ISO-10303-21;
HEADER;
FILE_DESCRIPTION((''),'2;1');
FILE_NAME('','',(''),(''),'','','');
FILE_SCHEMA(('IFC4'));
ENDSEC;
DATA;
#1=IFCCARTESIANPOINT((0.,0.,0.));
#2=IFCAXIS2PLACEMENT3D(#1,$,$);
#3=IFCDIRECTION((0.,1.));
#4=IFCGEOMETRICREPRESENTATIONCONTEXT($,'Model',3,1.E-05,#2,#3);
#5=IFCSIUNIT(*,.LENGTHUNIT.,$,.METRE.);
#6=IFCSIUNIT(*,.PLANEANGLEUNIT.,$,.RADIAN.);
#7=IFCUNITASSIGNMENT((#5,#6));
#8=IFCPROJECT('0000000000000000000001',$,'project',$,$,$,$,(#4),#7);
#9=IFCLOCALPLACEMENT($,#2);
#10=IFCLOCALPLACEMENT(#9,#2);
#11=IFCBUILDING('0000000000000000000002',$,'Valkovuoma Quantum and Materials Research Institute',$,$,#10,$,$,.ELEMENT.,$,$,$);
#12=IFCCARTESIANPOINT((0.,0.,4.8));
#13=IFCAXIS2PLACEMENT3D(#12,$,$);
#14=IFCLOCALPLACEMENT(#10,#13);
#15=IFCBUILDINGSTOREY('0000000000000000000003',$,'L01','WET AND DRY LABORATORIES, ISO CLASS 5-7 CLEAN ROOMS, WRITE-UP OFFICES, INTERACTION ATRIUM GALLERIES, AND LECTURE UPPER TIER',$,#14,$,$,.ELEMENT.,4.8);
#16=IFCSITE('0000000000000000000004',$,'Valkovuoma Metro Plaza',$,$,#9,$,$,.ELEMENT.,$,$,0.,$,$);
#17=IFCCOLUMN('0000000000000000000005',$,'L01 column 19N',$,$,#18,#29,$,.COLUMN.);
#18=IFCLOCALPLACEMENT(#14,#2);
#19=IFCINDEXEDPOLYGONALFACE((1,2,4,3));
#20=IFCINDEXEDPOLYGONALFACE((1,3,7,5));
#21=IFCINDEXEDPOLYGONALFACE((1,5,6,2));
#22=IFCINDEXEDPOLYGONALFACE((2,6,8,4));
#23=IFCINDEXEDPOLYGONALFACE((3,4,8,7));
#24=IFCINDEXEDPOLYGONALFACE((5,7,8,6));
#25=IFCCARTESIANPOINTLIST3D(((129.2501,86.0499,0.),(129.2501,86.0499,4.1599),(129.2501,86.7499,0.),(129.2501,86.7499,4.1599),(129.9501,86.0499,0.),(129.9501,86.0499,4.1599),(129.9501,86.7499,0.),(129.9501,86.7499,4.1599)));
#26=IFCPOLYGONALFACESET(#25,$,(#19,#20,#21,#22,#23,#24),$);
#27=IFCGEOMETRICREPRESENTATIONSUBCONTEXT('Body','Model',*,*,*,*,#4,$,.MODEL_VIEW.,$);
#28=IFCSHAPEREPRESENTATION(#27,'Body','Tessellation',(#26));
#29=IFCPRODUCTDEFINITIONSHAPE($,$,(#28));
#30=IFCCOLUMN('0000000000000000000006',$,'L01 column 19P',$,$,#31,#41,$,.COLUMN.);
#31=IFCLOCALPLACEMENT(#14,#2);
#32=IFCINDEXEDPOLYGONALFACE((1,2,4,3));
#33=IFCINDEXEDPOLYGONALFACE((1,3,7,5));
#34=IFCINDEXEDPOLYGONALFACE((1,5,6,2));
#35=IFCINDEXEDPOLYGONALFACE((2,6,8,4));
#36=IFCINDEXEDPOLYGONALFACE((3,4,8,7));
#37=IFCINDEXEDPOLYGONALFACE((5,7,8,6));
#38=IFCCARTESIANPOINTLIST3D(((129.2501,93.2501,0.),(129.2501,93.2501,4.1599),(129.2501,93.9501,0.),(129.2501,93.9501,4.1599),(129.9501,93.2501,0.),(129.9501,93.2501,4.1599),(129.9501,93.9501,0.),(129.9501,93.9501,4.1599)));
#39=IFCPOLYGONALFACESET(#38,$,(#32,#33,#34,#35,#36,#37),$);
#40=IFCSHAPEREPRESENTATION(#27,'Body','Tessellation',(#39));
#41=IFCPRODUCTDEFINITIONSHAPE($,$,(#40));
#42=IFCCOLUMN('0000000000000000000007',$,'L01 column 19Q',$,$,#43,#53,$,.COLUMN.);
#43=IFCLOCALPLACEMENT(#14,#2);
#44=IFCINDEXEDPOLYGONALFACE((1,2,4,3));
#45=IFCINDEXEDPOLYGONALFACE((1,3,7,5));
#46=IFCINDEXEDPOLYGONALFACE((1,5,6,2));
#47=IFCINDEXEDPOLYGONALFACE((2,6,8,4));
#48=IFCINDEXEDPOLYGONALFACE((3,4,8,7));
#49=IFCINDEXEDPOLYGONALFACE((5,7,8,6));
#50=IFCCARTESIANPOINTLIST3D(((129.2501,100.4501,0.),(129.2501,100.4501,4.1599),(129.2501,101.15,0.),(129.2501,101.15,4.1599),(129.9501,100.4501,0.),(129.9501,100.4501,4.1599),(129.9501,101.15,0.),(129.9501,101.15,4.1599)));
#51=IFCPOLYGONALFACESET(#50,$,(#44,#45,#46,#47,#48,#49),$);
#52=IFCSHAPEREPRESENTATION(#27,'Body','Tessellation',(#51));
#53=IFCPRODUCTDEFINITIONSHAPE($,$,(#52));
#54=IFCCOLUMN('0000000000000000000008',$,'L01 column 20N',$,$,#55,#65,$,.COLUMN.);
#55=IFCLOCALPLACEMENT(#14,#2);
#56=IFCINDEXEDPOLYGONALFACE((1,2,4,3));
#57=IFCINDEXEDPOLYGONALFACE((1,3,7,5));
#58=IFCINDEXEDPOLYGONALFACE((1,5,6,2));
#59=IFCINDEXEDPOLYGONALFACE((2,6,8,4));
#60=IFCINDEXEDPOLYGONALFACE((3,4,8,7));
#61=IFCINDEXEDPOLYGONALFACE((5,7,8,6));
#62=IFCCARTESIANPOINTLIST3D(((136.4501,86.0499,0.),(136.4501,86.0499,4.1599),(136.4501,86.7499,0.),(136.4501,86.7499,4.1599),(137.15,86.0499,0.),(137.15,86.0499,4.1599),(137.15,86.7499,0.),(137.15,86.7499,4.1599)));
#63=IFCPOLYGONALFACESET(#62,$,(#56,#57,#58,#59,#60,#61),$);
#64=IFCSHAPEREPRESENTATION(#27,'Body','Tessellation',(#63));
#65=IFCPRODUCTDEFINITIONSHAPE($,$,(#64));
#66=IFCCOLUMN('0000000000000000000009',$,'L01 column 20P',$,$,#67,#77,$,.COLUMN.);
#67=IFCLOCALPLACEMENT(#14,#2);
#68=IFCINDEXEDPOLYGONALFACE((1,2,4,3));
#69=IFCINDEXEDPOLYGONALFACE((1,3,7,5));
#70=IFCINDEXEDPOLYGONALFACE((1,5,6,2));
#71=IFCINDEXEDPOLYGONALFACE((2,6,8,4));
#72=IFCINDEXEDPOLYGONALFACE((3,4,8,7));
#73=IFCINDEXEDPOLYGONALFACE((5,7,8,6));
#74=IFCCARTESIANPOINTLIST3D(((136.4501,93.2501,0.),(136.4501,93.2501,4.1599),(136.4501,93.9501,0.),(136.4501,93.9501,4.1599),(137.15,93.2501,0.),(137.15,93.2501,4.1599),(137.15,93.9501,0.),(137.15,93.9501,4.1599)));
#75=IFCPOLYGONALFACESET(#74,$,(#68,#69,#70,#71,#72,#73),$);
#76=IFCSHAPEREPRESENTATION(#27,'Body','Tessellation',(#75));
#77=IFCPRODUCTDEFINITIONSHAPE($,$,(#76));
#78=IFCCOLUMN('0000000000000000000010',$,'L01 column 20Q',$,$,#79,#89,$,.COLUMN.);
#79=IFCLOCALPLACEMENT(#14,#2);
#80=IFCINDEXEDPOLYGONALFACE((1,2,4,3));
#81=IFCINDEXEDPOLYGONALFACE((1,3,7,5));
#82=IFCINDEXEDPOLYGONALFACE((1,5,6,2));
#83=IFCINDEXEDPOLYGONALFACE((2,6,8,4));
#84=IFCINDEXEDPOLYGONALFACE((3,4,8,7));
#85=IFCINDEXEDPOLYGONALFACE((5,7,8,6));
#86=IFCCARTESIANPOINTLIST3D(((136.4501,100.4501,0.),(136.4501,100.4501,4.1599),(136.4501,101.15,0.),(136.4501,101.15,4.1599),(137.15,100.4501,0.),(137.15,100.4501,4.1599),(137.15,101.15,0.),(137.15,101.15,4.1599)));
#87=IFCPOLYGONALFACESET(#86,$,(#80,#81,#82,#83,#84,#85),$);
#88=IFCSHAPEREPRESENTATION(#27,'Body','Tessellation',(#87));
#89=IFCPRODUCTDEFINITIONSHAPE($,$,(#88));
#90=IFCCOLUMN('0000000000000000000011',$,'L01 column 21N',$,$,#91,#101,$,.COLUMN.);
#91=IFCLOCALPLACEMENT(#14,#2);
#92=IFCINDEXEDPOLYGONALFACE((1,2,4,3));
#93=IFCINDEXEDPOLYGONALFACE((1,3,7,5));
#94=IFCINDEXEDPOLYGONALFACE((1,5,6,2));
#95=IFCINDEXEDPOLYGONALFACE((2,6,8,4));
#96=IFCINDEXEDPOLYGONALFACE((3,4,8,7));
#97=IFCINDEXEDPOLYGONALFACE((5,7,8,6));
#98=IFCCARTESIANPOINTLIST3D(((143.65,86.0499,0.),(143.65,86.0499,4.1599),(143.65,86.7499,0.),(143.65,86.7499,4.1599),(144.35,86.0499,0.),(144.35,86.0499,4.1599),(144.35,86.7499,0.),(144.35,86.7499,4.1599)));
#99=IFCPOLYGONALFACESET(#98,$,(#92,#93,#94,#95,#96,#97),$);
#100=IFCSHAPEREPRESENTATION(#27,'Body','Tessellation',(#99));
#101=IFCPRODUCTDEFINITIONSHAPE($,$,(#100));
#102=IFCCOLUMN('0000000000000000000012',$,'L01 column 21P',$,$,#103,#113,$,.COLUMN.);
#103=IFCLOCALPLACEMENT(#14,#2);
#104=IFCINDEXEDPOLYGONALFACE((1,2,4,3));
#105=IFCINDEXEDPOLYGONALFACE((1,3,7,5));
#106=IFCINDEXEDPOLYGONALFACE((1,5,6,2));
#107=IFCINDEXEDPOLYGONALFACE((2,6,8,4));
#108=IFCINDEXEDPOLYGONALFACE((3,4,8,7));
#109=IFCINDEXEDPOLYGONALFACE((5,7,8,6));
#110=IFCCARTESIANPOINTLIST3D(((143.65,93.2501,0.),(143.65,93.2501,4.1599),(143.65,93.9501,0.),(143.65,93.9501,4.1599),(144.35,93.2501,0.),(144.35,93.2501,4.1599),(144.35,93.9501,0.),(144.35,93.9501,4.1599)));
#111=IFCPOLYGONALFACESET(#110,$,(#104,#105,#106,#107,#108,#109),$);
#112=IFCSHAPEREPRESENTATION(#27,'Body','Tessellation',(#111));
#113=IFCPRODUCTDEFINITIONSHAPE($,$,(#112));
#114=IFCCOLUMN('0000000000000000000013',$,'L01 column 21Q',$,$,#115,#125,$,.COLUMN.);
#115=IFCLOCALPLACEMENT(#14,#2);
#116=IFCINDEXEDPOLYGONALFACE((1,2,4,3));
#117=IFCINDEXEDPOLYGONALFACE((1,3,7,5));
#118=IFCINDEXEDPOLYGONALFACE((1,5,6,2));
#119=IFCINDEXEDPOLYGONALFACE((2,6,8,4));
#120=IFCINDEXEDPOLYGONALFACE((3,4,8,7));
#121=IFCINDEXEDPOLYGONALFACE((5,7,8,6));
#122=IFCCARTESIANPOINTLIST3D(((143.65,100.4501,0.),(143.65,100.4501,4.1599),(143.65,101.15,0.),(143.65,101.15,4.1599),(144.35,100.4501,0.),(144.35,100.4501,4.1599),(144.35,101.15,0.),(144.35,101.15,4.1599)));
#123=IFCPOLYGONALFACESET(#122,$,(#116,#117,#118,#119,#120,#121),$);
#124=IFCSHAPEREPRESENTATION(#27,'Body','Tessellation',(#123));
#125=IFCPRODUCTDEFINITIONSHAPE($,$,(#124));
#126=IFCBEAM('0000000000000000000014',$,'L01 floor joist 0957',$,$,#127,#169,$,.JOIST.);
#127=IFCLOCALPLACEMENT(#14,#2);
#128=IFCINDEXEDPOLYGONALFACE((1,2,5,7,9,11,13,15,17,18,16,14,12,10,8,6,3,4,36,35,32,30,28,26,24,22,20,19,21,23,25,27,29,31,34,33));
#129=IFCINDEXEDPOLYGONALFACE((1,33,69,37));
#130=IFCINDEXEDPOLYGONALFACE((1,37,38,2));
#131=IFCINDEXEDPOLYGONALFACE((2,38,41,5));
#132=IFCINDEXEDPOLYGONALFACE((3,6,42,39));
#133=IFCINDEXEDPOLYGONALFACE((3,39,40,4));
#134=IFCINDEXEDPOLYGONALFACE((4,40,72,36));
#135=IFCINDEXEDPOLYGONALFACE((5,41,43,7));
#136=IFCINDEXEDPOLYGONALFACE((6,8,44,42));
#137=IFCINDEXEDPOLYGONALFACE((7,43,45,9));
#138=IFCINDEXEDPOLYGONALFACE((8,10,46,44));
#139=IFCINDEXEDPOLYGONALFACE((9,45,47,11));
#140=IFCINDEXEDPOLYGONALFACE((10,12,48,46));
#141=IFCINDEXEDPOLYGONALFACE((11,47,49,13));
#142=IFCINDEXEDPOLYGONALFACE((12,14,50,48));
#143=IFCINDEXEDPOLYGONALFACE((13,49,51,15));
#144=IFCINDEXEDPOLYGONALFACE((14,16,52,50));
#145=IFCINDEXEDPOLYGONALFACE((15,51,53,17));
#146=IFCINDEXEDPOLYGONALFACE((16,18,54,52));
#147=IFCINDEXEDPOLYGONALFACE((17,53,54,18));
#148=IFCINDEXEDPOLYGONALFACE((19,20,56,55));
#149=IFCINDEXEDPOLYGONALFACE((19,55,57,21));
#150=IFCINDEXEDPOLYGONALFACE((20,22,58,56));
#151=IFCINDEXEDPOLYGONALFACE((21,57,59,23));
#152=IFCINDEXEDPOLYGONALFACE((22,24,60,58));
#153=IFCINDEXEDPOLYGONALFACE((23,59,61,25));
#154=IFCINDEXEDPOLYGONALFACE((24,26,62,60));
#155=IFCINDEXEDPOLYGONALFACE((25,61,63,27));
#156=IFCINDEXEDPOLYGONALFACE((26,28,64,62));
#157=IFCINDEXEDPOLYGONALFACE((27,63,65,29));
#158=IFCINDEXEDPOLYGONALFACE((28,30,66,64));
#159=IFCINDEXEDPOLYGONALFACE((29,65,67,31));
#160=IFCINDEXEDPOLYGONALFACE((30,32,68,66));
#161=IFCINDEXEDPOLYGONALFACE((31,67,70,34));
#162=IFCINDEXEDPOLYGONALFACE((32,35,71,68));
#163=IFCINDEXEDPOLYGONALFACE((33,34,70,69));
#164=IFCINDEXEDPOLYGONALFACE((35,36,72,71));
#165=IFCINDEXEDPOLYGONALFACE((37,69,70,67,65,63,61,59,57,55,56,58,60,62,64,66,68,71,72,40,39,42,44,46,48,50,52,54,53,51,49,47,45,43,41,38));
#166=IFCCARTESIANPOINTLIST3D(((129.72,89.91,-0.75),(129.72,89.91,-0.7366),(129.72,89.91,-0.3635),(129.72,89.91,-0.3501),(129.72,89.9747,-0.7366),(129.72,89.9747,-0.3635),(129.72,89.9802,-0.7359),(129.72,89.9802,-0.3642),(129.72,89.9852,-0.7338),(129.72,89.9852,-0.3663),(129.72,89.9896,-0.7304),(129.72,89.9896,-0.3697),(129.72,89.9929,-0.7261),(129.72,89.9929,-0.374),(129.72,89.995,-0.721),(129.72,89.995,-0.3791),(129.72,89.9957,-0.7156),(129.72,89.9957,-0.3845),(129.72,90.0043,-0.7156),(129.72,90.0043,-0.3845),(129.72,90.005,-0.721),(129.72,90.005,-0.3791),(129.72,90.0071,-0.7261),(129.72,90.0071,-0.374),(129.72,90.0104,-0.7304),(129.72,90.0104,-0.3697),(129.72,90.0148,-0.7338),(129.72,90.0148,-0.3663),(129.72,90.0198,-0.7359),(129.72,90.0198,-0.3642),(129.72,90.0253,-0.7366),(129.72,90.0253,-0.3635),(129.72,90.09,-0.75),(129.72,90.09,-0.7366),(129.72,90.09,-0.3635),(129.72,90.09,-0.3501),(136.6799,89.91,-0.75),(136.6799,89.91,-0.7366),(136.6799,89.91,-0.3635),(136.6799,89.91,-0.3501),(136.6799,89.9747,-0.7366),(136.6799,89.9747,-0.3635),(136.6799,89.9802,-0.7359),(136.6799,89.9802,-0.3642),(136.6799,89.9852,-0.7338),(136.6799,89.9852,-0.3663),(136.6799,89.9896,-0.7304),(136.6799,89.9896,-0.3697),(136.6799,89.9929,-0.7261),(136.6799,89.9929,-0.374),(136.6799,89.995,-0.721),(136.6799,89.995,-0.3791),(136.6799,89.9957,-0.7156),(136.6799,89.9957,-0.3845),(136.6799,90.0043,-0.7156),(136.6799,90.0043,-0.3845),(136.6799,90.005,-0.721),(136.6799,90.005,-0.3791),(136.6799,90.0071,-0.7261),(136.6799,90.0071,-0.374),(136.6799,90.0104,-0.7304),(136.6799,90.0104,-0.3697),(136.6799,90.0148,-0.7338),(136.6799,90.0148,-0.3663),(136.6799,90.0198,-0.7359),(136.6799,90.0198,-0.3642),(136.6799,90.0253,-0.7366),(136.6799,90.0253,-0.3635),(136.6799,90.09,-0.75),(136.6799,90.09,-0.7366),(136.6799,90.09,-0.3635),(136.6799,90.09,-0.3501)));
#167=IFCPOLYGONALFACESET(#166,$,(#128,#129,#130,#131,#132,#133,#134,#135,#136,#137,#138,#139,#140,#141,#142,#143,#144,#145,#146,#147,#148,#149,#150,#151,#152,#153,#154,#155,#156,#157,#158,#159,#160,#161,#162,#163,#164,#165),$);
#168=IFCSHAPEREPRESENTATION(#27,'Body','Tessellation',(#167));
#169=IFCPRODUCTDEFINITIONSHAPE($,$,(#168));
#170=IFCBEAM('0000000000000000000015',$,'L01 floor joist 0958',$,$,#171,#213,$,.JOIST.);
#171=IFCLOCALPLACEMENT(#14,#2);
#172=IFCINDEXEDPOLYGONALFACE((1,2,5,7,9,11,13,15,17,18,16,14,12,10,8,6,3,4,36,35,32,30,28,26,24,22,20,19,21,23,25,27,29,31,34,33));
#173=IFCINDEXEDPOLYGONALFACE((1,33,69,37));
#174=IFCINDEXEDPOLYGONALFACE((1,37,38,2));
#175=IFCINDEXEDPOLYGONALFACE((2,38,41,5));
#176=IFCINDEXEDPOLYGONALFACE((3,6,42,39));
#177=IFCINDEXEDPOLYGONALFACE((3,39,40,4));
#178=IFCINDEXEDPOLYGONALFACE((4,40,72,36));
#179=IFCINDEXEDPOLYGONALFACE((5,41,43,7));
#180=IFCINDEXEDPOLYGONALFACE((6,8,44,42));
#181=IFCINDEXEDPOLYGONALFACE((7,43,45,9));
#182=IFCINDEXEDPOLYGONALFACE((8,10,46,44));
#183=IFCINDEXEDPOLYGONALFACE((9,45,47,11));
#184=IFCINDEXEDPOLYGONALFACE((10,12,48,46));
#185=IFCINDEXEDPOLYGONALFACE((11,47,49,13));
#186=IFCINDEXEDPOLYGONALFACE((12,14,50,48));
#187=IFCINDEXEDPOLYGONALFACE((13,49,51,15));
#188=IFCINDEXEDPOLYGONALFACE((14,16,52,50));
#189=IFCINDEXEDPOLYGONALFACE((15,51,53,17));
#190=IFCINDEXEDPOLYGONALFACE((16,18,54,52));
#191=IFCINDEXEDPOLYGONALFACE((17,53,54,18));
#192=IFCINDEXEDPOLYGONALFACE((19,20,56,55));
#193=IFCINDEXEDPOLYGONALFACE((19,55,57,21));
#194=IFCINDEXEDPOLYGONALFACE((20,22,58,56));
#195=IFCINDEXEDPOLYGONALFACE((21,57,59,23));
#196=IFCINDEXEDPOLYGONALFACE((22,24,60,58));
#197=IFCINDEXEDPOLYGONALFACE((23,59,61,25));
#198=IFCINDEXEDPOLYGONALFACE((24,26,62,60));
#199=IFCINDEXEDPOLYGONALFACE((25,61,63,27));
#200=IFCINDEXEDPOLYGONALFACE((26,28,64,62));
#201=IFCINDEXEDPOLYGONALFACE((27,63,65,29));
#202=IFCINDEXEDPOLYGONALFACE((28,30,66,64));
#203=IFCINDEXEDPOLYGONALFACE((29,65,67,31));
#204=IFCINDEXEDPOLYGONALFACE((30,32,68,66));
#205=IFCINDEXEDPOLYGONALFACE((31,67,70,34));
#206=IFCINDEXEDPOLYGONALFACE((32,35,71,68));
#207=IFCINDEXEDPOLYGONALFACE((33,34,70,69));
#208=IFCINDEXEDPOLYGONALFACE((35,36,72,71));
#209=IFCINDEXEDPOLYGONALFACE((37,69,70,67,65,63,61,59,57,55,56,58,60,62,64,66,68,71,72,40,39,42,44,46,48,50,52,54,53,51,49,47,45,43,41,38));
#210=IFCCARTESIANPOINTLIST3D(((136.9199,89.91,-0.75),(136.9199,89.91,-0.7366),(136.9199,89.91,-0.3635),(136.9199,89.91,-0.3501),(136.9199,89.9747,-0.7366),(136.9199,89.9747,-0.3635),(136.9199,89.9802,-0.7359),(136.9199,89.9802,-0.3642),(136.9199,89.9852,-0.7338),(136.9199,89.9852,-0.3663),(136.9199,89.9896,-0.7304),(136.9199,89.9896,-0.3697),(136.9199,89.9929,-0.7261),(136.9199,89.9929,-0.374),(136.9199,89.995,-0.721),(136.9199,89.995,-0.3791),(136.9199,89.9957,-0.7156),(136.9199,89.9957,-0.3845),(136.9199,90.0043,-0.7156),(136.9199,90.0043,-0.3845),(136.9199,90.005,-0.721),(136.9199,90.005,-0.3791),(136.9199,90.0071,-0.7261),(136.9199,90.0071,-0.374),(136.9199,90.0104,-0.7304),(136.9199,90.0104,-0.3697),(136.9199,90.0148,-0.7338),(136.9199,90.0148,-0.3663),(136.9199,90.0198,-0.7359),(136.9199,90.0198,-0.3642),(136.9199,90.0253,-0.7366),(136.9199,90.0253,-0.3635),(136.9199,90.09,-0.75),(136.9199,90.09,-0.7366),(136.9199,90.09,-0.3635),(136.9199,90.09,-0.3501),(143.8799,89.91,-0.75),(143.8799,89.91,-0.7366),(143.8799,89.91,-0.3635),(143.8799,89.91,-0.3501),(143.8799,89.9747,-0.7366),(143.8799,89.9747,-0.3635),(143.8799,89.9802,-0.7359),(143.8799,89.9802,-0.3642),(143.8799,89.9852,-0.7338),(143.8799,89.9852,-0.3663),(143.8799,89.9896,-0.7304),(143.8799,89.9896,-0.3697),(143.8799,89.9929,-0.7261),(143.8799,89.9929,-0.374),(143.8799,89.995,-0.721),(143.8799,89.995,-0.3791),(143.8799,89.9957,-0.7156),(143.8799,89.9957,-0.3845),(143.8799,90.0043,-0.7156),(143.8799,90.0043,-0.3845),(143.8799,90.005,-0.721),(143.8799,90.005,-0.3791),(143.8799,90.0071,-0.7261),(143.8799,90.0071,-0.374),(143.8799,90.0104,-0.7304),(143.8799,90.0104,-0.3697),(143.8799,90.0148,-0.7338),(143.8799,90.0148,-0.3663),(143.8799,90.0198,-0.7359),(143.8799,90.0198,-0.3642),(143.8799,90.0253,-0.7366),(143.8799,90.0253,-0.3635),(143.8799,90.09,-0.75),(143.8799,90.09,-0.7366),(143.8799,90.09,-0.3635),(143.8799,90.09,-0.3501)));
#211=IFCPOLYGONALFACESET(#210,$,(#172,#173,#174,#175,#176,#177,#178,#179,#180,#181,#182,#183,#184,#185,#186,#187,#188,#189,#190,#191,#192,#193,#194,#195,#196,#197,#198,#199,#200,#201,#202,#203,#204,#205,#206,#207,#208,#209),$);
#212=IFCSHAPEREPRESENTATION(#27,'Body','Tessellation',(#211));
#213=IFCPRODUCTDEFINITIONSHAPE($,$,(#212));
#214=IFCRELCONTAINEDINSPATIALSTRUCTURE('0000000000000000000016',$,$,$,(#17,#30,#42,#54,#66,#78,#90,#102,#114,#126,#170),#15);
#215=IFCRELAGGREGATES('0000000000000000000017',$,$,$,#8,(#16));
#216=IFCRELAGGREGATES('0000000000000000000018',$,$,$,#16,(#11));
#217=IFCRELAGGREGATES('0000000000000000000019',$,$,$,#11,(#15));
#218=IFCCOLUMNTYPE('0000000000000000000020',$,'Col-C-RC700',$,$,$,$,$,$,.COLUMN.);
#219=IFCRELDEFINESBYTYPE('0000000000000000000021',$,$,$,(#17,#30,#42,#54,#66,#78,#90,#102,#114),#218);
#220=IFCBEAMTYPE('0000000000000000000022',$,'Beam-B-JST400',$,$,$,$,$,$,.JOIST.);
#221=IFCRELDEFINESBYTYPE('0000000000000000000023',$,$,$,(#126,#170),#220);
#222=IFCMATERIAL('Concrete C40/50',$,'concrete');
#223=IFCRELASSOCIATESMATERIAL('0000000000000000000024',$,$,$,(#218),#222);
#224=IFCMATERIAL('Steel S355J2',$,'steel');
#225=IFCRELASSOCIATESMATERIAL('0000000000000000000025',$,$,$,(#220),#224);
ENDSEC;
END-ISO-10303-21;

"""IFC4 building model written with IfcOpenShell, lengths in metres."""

from ifc_helpers import new_model, si_unit, direction, frame, origin, origin_2d, place, context, subcontext, project, spatial, rectangle, i_section, extrude, material, material_profile, profile_set, type_object, element, save


model = new_model("IFC4")

# Units and contexts
model_context = context("Model", 3, precision=1e-05, world=origin(), true_north=direction((0.0, 1.0)))
body_context = subcontext(model_context, "Body", "Model", "MODEL_VIEW")
ifc_project = project(units=[si_unit("LENGTHUNIT", "METRE"), si_unit("PLANEANGLEUNIT", "RADIAN")], contexts=[model_context])

# Site, building, storey
site_placement = place(None, origin())
site = spatial("IfcSite", under=ifc_project, at=site_placement, Name="Valkovuoma Metro Plaza", CompositionType="ELEMENT", RefElevation=0.0)
building_placement = place(site_placement, origin())
building = spatial("IfcBuilding", under=site, at=building_placement, Name="Valkovuoma Quantum and Materials Research Institute", CompositionType="ELEMENT")
storey_placement = place(building_placement, frame((0.0, 0.0, 4.8)))
storey = spatial("IfcBuildingStorey", under=building, at=storey_placement, Name="L01", Description="WET AND DRY LABORATORIES, ISO CLASS 5-7 CLEAN ROOMS, WRITE-UP OFFICES, INTERACTION ATRIUM GALLERIES, AND LECTURE UPPER TIER", CompositionType="ELEMENT", Elevation=4.8)

# Columns
ifc_material_1 = material(Name="Concrete C40/50", Category="concrete")
ifc_material_profile_1 = material_profile(ifc_material_1, rectangle(XDim=0.7, YDim=0.7, at=origin_2d()), Name="Concrete C40/50")
ifc_profile_set_1 = profile_set([ifc_material_profile_1], Name="Concrete C40/50")
column_type = type_object("IfcColumnType", Name="Col-C-RC700", PredefinedType="COLUMN", material=ifc_profile_set_1)
for number, where, z_axis, x_axis, name in (
    (1, (129.6001, 86.3999, 0.0), (0.0, 0.0, 1.0), (1.0, 0.0, 0.0), "L01 column 19N"),
    (2, (129.6001, 93.6001, 0.0), (0.0, 0.0, 1.0), (1.0, 0.0, 0.0), "L01 column 19P"),
    (3, (129.6001, 100.8, 0.0), (0.0, 0.0, 1.0), (1.0, 0.0, 0.0), "L01 column 19Q"),
    (4, (136.8, 86.3999, 0.0), (0.0, 0.0, 1.0), (1.0, 0.0, 0.0), "L01 column 20N"),
    (5, (136.8, 93.6001, 0.0), (0.0, 0.0, 1.0), (1.0, 0.0, 0.0), "L01 column 20P"),
    (6, (136.8, 100.8, 0.0), (0.0, 0.0, 1.0), (1.0, 0.0, 0.0), "L01 column 20Q"),
    (7, (144.0, 86.3999, 0.0), (0.0, 0.0, 1.0), (1.0, 0.0, 0.0), "L01 column 21N"),
    (8, (144.0, 93.6001, 0.0), (0.0, 0.0, 1.0), (1.0, 0.0, 0.0), "L01 column 21P"),
    (9, (144.0, 100.8, 0.0), (0.0, 0.0, 1.0), (1.0, 0.0, 0.0), "L01 column 21Q"),
):
    element("IfcColumn", number, at=place(storey_placement, frame(where, z_axis=z_axis, x_axis=x_axis)), inside=storey, type_object=column_type, Name=name, PredefinedType="COLUMN", context=body_context, shape_type="SweptSolid", body=[
        extrude(rectangle(XDim=0.7, YDim=0.7, at=origin_2d()), origin(), (0.0, 0.0, 1.0), 4.1599),
    ])

# Beams
ifc_material_2 = material(Name="Steel S355J2", Category="steel")
ifc_material_profile_2 = material_profile(ifc_material_2, i_section(OverallWidth=0.1799, OverallDepth=0.3999, WebThickness=0.0085, FlangeThickness=0.0134, FilletRadius=0.021, at=origin_2d()), Name="Steel S355J2")
ifc_profile_set_2 = profile_set([ifc_material_profile_2], Name="Steel S355J2")
beam_type_1 = type_object("IfcBeamType", Name="Beam-B-JST400", PredefinedType="JOIST", material=ifc_profile_set_2)
for number, where, z_axis, x_axis, name in (
    (10, (129.72, 90.0, -0.55), (1.0, 0.0, 0.0), (0.0, 1.0, 0.0), "L01 floor joist 0957"),
    (11, (136.9199, 90.0, -0.55), (1.0, 0.0, 0.0), (0.0, 1.0, 0.0), "L01 floor joist 0958"),
):
    element("IfcBeam", number, at=place(storey_placement, frame(where, z_axis=z_axis, x_axis=x_axis)), inside=storey, type_object=beam_type_1, Name=name, PredefinedType="JOIST", context=body_context, shape_type="SweptSolid", body=[
        extrude(i_section(OverallWidth=0.1799, OverallDepth=0.3999, WebThickness=0.0085, FlangeThickness=0.0134, FilletRadius=0.021, at=origin_2d()), origin(), (0.0, 0.0, 1.0), 6.96),
    ])

save(model, "model.ifc")
